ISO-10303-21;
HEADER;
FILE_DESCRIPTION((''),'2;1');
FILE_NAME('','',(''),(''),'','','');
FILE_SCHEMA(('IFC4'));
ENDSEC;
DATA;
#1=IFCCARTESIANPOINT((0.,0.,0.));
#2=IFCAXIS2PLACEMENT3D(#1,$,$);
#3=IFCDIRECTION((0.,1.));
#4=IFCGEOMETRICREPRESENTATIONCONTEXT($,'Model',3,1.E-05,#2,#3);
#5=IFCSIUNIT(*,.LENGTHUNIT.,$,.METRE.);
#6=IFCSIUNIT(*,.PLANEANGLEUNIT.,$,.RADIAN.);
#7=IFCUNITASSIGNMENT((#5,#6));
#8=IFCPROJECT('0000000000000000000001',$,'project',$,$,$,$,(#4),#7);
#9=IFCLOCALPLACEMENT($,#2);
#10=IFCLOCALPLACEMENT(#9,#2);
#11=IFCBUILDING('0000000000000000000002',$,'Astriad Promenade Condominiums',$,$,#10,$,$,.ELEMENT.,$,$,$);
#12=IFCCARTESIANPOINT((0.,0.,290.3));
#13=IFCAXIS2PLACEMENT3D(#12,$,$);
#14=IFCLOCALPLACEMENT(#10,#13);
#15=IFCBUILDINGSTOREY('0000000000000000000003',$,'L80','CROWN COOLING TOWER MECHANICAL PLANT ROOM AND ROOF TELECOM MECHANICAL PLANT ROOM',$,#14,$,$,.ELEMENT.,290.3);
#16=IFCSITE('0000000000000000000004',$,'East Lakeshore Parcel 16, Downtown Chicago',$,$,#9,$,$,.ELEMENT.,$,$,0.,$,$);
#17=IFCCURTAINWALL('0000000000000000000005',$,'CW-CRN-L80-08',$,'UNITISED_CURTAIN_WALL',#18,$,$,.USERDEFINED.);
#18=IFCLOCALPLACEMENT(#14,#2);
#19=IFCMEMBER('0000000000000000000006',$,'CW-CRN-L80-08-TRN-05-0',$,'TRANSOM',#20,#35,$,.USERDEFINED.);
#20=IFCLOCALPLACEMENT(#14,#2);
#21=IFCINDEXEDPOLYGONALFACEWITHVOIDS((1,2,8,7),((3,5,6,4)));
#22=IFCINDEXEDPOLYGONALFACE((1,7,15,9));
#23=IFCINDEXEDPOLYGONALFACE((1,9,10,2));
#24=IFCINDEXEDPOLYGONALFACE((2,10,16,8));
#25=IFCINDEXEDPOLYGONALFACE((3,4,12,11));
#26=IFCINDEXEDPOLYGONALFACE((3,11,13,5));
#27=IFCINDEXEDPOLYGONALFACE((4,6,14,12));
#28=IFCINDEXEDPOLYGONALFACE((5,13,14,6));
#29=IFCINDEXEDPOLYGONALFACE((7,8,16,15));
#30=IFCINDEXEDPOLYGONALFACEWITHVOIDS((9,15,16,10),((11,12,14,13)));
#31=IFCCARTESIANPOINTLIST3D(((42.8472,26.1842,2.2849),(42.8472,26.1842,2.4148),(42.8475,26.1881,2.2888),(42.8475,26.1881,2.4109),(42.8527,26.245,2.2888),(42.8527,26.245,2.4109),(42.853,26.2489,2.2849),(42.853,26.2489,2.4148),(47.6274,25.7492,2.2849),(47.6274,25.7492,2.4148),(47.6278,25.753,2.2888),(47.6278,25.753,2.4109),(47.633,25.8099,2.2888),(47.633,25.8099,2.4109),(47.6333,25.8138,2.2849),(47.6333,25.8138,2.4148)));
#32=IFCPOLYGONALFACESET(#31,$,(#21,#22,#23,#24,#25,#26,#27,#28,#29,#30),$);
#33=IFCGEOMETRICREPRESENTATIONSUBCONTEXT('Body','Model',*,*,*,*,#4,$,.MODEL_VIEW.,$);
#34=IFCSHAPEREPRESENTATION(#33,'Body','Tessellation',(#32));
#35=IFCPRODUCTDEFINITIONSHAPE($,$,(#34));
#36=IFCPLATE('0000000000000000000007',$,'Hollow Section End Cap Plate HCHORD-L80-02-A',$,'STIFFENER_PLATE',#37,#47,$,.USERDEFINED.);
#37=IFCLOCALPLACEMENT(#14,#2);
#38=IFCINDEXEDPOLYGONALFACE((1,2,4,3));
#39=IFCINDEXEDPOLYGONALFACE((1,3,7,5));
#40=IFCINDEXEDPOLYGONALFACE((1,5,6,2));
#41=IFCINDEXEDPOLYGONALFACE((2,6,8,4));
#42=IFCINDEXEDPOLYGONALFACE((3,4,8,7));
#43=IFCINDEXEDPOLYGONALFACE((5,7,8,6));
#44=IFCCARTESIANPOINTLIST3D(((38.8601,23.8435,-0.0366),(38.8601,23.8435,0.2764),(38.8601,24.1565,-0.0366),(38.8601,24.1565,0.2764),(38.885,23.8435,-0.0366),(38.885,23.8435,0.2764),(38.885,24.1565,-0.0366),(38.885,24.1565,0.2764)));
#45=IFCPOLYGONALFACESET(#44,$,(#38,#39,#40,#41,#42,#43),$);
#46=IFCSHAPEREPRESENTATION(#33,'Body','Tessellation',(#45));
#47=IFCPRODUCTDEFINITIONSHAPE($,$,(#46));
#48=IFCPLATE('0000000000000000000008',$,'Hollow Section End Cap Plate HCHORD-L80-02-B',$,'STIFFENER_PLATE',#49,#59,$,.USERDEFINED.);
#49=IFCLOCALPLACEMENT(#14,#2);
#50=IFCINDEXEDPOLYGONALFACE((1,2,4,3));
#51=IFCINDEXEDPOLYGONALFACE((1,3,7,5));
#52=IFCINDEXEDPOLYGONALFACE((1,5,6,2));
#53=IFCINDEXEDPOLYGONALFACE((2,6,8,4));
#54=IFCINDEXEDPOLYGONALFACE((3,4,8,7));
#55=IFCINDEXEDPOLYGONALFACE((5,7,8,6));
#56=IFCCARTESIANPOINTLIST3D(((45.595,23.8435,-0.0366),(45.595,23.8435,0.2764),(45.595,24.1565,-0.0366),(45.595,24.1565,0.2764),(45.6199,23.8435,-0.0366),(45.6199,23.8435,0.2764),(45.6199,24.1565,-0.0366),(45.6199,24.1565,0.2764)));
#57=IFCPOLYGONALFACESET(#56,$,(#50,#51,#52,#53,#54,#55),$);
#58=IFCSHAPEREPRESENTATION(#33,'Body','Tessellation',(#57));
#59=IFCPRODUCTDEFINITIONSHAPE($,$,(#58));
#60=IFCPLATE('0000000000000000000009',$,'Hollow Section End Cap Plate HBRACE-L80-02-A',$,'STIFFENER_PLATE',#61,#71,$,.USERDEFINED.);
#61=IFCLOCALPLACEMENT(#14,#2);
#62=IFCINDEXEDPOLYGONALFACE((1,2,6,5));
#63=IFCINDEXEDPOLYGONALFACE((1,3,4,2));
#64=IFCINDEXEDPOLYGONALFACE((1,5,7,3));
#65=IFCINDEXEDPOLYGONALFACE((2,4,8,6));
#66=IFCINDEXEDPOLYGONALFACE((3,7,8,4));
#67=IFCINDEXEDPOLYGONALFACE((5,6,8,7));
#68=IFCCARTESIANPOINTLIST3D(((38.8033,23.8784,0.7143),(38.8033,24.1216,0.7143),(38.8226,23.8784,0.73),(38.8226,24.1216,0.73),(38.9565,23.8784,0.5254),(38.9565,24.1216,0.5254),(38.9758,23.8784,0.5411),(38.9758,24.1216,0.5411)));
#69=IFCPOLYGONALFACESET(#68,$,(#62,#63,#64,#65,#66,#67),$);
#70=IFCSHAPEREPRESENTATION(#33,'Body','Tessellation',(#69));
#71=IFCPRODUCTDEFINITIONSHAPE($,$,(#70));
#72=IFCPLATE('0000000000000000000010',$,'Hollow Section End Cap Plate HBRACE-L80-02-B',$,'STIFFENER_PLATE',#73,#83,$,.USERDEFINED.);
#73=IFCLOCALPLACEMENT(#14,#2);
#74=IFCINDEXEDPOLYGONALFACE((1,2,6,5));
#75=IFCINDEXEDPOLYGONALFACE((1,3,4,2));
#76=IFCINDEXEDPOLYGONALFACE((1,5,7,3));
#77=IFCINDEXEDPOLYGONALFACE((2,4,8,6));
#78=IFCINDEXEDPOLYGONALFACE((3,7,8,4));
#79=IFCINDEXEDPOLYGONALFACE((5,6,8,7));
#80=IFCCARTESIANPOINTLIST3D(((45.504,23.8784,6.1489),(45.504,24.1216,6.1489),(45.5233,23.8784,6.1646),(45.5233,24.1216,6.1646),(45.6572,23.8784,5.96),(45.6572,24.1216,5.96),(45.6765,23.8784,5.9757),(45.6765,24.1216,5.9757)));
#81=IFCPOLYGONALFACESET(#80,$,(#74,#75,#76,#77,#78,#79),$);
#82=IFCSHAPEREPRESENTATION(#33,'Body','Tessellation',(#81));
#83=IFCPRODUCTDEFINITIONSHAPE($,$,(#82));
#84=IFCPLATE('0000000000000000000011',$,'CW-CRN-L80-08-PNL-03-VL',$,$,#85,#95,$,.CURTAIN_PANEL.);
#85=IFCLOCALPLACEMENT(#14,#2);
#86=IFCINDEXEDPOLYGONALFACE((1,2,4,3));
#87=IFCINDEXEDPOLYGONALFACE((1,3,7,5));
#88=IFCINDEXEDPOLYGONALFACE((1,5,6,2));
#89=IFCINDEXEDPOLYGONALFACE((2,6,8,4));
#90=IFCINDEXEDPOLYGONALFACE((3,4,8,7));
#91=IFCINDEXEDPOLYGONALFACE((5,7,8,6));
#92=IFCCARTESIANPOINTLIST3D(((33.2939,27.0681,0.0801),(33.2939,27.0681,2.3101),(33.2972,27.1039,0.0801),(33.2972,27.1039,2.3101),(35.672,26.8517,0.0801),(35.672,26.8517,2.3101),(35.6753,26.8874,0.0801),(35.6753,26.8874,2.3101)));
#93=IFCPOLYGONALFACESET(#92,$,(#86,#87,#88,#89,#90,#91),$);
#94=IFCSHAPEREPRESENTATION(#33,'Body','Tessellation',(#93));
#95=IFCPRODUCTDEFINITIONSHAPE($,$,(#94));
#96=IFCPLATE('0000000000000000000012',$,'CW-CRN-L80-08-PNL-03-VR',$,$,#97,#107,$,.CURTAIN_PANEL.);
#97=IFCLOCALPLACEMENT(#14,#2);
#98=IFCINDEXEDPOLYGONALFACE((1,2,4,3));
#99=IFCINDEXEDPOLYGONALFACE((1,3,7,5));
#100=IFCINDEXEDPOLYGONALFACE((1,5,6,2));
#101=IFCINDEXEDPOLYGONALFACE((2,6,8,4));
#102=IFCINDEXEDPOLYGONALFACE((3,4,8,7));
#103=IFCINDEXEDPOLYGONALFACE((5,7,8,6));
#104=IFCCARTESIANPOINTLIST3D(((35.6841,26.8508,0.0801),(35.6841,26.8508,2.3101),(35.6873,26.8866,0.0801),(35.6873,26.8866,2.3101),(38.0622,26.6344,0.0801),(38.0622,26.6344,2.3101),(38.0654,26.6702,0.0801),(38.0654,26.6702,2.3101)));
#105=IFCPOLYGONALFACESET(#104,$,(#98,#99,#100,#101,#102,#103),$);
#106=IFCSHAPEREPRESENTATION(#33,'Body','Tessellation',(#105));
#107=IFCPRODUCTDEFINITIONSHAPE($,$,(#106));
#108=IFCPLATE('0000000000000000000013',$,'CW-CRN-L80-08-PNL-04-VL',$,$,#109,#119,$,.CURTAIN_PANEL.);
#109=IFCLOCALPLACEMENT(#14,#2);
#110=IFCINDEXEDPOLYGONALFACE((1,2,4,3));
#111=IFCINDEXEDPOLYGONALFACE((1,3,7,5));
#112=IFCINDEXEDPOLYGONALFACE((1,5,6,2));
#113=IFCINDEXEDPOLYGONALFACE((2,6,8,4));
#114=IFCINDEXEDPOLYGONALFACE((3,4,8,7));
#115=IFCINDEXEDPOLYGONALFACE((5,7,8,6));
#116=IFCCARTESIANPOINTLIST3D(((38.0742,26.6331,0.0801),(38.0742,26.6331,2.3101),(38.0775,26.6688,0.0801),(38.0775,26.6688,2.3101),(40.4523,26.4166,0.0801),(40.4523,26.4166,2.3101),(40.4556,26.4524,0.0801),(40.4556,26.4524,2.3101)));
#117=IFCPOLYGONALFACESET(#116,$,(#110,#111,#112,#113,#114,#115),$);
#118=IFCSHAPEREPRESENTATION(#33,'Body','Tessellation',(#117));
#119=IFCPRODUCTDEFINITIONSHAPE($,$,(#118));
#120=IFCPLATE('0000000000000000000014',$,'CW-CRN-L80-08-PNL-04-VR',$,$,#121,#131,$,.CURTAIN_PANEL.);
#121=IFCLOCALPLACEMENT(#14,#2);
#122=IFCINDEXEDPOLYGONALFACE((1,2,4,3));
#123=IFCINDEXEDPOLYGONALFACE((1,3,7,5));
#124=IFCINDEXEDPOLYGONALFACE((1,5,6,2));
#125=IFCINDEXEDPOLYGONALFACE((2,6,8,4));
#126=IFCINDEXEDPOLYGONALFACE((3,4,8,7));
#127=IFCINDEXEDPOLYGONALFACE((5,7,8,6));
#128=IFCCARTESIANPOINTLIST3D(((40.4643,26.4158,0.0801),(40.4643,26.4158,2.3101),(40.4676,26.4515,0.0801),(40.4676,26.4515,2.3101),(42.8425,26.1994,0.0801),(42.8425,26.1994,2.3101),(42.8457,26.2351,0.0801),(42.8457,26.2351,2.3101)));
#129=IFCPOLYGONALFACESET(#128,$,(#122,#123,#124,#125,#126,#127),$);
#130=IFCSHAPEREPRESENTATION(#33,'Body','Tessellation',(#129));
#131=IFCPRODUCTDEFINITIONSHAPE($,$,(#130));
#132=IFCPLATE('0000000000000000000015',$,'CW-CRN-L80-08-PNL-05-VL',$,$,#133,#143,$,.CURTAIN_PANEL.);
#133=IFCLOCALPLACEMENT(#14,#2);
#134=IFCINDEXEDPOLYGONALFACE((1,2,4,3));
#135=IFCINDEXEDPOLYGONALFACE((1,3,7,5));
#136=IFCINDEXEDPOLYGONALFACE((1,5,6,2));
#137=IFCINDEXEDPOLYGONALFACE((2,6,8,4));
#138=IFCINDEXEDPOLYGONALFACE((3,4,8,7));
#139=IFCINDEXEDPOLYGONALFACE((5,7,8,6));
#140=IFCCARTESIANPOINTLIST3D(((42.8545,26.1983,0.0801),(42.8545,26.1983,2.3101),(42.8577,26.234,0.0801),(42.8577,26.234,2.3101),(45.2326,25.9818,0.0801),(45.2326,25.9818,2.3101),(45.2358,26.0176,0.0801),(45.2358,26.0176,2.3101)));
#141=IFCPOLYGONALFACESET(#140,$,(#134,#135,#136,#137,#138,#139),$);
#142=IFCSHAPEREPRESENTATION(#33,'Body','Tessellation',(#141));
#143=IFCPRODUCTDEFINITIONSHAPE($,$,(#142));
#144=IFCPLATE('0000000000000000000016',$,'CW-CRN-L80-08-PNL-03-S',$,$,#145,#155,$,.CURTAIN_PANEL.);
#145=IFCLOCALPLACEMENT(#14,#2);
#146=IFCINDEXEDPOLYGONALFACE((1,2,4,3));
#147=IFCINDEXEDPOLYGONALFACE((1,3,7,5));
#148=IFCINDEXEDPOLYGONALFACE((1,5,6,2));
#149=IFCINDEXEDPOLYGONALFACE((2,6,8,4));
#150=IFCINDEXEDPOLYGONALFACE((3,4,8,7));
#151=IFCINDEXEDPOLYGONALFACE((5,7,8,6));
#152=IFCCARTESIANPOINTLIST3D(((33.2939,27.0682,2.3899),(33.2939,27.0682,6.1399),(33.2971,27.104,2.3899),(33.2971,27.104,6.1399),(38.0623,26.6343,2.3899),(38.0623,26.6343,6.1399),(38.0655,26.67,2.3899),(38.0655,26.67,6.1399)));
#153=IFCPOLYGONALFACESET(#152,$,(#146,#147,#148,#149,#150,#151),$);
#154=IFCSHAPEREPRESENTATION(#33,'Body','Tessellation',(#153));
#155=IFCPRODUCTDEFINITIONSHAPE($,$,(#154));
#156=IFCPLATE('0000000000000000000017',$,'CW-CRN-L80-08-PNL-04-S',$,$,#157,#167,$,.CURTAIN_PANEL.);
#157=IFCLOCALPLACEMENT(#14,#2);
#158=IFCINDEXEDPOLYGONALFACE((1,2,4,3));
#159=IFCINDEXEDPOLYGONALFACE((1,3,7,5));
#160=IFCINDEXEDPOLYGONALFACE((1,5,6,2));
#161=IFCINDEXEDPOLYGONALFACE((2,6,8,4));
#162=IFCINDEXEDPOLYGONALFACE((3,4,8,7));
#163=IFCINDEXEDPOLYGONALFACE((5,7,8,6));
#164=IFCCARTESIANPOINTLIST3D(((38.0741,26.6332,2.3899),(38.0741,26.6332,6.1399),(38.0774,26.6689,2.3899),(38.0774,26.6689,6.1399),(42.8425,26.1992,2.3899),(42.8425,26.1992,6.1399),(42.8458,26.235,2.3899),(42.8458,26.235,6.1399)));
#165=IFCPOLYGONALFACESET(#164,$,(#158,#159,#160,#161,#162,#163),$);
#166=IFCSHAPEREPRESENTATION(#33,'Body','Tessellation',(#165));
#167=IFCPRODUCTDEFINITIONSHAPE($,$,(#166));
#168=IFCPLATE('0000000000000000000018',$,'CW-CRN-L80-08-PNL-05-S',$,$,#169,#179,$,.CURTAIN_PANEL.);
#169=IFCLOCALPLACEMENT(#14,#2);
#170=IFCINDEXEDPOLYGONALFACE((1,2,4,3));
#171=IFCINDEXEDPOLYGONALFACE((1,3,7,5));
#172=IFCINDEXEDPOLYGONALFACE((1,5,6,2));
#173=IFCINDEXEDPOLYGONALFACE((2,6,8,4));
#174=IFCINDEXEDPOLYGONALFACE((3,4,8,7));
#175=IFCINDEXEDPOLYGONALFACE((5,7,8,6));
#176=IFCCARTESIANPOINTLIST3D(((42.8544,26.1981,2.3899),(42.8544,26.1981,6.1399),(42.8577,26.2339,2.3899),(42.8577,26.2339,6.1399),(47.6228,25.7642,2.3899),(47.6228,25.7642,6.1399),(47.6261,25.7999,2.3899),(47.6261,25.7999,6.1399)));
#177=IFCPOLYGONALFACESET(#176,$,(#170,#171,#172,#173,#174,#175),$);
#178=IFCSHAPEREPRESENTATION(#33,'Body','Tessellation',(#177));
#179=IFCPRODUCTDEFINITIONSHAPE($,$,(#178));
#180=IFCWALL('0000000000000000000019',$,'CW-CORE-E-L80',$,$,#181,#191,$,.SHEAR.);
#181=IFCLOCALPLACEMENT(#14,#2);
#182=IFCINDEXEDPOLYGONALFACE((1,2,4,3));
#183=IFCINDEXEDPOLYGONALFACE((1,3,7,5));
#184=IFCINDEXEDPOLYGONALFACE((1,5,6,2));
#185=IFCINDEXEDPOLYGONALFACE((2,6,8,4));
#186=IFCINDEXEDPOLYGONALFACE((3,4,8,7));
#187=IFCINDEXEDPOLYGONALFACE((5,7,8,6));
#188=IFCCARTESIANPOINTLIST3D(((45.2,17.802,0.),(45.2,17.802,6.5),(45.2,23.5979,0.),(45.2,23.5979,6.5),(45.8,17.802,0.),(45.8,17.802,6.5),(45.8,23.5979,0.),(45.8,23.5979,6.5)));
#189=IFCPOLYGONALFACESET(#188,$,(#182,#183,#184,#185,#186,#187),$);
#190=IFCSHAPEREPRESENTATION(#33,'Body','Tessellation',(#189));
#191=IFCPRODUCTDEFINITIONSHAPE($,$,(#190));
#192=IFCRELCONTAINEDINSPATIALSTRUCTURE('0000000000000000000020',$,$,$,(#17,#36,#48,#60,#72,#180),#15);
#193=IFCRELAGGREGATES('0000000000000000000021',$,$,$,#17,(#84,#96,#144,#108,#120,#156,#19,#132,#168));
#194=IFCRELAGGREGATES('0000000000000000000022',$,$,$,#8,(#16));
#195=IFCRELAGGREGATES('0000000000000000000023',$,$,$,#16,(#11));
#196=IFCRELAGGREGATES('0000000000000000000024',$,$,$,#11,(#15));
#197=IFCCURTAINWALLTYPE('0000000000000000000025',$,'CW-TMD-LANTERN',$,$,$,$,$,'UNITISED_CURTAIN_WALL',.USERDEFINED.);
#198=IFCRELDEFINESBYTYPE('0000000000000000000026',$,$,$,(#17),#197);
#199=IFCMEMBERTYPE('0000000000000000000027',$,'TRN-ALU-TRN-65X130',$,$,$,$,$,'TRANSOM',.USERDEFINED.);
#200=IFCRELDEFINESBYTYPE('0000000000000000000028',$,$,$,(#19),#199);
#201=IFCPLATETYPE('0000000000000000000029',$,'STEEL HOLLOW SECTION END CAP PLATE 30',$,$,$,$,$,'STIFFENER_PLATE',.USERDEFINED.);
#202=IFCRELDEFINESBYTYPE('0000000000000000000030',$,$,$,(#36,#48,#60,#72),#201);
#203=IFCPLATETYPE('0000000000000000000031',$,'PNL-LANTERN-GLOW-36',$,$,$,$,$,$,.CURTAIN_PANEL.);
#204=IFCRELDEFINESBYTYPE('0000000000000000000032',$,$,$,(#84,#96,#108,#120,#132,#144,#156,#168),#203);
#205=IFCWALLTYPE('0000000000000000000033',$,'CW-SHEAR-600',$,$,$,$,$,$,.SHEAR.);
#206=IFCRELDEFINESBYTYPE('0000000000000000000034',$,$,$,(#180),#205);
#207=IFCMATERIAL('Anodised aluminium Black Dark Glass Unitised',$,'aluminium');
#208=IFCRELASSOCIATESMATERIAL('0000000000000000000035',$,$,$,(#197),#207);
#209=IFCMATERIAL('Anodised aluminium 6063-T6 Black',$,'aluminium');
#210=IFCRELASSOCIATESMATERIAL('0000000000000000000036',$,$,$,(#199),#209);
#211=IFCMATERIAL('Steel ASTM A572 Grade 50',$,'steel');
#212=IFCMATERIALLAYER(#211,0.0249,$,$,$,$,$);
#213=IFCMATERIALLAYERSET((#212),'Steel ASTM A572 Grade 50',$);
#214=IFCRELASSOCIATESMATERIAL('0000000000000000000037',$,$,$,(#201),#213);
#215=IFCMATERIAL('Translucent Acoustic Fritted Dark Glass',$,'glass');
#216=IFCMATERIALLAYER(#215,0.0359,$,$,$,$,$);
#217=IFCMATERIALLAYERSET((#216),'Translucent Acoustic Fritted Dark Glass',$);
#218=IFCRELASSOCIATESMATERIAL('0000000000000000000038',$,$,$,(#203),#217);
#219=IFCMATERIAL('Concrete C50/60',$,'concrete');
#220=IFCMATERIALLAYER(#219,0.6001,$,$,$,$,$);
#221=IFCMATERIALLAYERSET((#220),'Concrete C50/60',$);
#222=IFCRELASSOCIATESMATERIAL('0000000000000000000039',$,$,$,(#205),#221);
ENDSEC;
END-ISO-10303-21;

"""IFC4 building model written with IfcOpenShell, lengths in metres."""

from ifc_helpers import new_model, si_unit, direction, frame, frame_2d, origin, origin_2d, place, context, subcontext, project, spatial, rectangle, hollow_rectangle, extrude, source, transform, mapped, material, layer, layer_set, material_profile, profile_set, type_object, type_shapes, element, aggregate, save


model = new_model("IFC4")

# Units and contexts
model_context = context("Model", 3, precision=1e-05, world=origin(), true_north=direction((0.0, 1.0)))
body_context = subcontext(model_context, "Body", "Model", "MODEL_VIEW")
ifc_project = project(units=[si_unit("LENGTHUNIT", "METRE"), si_unit("PLANEANGLEUNIT", "RADIAN")], contexts=[model_context])

# Site, building, storey
site_placement = place(None, origin())
site = spatial("IfcSite", under=ifc_project, at=site_placement, Name="East Lakeshore Parcel 16, Downtown Chicago", CompositionType="ELEMENT", RefElevation=0.0)
building_placement = place(site_placement, origin())
building = spatial("IfcBuilding", under=site, at=building_placement, Name="Astriad Promenade Condominiums", CompositionType="ELEMENT")
storey_placement = place(building_placement, frame((0.0, 0.0, 290.3)))
storey = spatial("IfcBuildingStorey", under=building, at=storey_placement, Name="L80", Description="CROWN COOLING TOWER MECHANICAL PLANT ROOM AND ROOF TELECOM MECHANICAL PLANT ROOM", CompositionType="ELEMENT", Elevation=290.3)

# Curtain wall, member
ifc_material_1 = material(Name="Anodised aluminium Black Dark Glass Unitised", Category="aluminium")
curtain_wall_type = type_object("IfcCurtainWallType", Name="CW-TMD-LANTERN", ElementType="UNITISED_CURTAIN_WALL", PredefinedType="USERDEFINED", material=ifc_material_1)
curtain_wall_placement = place(storey_placement, origin())
curtain_wall = element("IfcCurtainWall", 1, at=curtain_wall_placement, inside=storey, type_object=curtain_wall_type, Name="CW-CRN-L80-08", ObjectType="UNITISED_CURTAIN_WALL", PredefinedType="USERDEFINED")
ifc_material_2 = material(Name="Anodised aluminium 6063-T6 Black", Category="aluminium")
ifc_material_profile_1 = material_profile(ifc_material_2, hollow_rectangle(XDim=0.0649, YDim=0.1299, WallThickness=0.0039, at=origin_2d()), Name="ALU-TRN-65X130")
ifc_profile_set_1 = profile_set([ifc_material_profile_1], Name="Anodised aluminium 6063-T6 Black")
member_type_1 = type_object("IfcMemberType", Name="TRN-ALU-TRN-65X130", ElementType="TRANSOM", PredefinedType="USERDEFINED", material=ifc_profile_set_1)
shared_shape_1 = source(origin(), body_context, "Body", "SweptSolid", [
    extrude(hollow_rectangle(XDim=0.0649, YDim=0.1299, WallThickness=0.0039, at=origin_2d()), origin(), (0.0, 0.0, 1.0), 4.8),
])
type_shapes(member_type_1, [shared_shape_1])
member_1_placement = place(storey_placement, frame((42.8501, 26.2166, 2.3499), z_axis=(0.995884, -0.090637, 0.0), x_axis=(0.090637, 0.995884, 0.0)))
member_1 = element("IfcMember", 2, at=member_1_placement, type_object=member_type_1, Name="CW-CRN-L80-08-TRN-05-0", ObjectType="TRANSOM", PredefinedType="USERDEFINED", context=body_context, shape_type="MappedRepresentation", body=[
    mapped(shared_shape_1, transform((0.0, 0.0, 0.0), scale=1.0)),
])

# Plates
ifc_material_3 = material(Name="Steel ASTM A572 Grade 50", Category="steel")
ifc_layer_1 = layer(ifc_material_3, 0.0249)
ifc_layer_set_1 = layer_set([ifc_layer_1], Name="Steel ASTM A572 Grade 50")
plate_type_1 = type_object("IfcPlateType", Name="STEEL HOLLOW SECTION END CAP PLATE 30", ElementType="STIFFENER_PLATE", PredefinedType="USERDEFINED", material=ifc_layer_set_1)
shared_shape_2 = source(origin(), body_context, "Body", "SweptSolid", [
    extrude(rectangle(XDim=0.313, YDim=0.313, at=origin_2d()), origin(), (0.0, 0.0, 1.0), 0.0249),
])
for number, where, z_axis, x_axis, name in (
    (3, (38.8601, 24.0, 0.1199), (1.0, 0.0, 0.0), (0.0, 1.0, 0.0), "Hollow Section End Cap Plate HCHORD-L80-02-A"),
    (4, (45.595, 24.0, 0.1199), (1.0, 0.0, 0.0), (0.0, 1.0, 0.0), "Hollow Section End Cap Plate HCHORD-L80-02-B"),
):
    element("IfcPlate", number, at=place(storey_placement, frame(where, z_axis=z_axis, x_axis=x_axis)), inside=storey, type_object=plate_type_1, Name=name, ObjectType="STIFFENER_PLATE", PredefinedType="USERDEFINED", context=body_context, shape_type="MappedRepresentation", body=[
        mapped(shared_shape_2, transform((0.0, 0.0, 0.0), scale=1.0)),
    ])
shared_shape_3 = source(origin(), body_context, "Body", "SweptSolid", [
    extrude(rectangle(XDim=0.2432, YDim=0.2432, at=origin_2d()), origin(), (0.0, 0.0, 1.0), 0.0249),
])
type_shapes(plate_type_1, [shared_shape_2, shared_shape_3])
for number, where, z_axis, x_axis, name in (
    (5, (38.8799, 24.0, 0.6199), (0.776676, 0.0, 0.629901), (0.0, 1.0, 0.0), "Hollow Section End Cap Plate HBRACE-L80-02-A"),
    (6, (45.5806, 24.0, 6.0544), (0.776676, 0.0, 0.629901), (0.0, 1.0, 0.0), "Hollow Section End Cap Plate HBRACE-L80-02-B"),
):
    element("IfcPlate", number, at=place(storey_placement, frame(where, z_axis=z_axis, x_axis=x_axis)), inside=storey, type_object=plate_type_1, Name=name, ObjectType="STIFFENER_PLATE", PredefinedType="USERDEFINED", context=body_context, shape_type="MappedRepresentation", body=[
        mapped(shared_shape_3, transform((0.0, 0.0, 0.0), scale=1.0)),
    ])

# Plates
ifc_material_4 = material(Name="Translucent Acoustic Fritted Dark Glass", Category="glass")
ifc_layer_2 = layer(ifc_material_4, 0.0359)
ifc_layer_set_2 = layer_set([ifc_layer_2], Name="Translucent Acoustic Fritted Dark Glass")
plate_type_2 = type_object("IfcPlateType", Name="PNL-LANTERN-GLOW-36", PredefinedType="CURTAIN_PANEL", material=ifc_layer_set_2)
shared_shape_4 = source(origin(), body_context, "Body", "SweptSolid", [
    extrude(rectangle(XDim=2.3879, YDim=0.0359, at=origin_2d()), origin(), (0.0, 0.0, 1.0), 2.23),
])
plate_1_placement = place(storey_placement, frame((34.4846, 26.9778, 0.0801), z_axis=(0.0, 0.0, 1.0), x_axis=(0.995884, -0.090633, 0.0)))
plate_1 = element("IfcPlate", 7, at=plate_1_placement, type_object=plate_type_2, Name="CW-CRN-L80-08-PNL-03-VL", PredefinedType="CURTAIN_PANEL", context=body_context, shape_type="MappedRepresentation", body=[
    mapped(shared_shape_4, transform((0.0, 0.0, 0.0), scale=1.0)),
])
plate_2_placement = place(storey_placement, frame((36.8748, 26.7605, 0.0801), z_axis=(0.0, 0.0, 1.0), x_axis=(0.995884, -0.090633, 0.0)))
plate_2 = element("IfcPlate", 8, at=plate_2_placement, type_object=plate_type_2, Name="CW-CRN-L80-08-PNL-03-VR", PredefinedType="CURTAIN_PANEL", context=body_context, shape_type="MappedRepresentation", body=[
    mapped(shared_shape_4, transform((0.0, 0.0, 0.0), scale=1.0)),
])
plate_3_placement = place(storey_placement, frame((39.2649, 26.5427, 0.0801), z_axis=(0.0, 0.0, 1.0), x_axis=(0.995884, -0.090633, 0.0)))
plate_3 = element("IfcPlate", 9, at=plate_3_placement, type_object=plate_type_2, Name="CW-CRN-L80-08-PNL-04-VL", PredefinedType="CURTAIN_PANEL", context=body_context, shape_type="MappedRepresentation", body=[
    mapped(shared_shape_4, transform((0.0, 0.0, 0.0), scale=1.0)),
])
plate_4_placement = place(storey_placement, frame((41.655, 26.3254, 0.0801), z_axis=(0.0, 0.0, 1.0), x_axis=(0.995884, -0.090633, 0.0)))
plate_4 = element("IfcPlate", 10, at=plate_4_placement, type_object=plate_type_2, Name="CW-CRN-L80-08-PNL-04-VR", PredefinedType="CURTAIN_PANEL", context=body_context, shape_type="MappedRepresentation", body=[
    mapped(shared_shape_4, transform((0.0, 0.0, 0.0), scale=1.0)),
])
plate_5_placement = place(storey_placement, frame((44.0452, 26.1079, 0.0801), z_axis=(0.0, 0.0, 1.0), x_axis=(0.995884, -0.090633, 0.0)))
plate_5 = element("IfcPlate", 11, at=plate_5_placement, type_object=plate_type_2, Name="CW-CRN-L80-08-PNL-05-VL", PredefinedType="CURTAIN_PANEL", context=body_context, shape_type="MappedRepresentation", body=[
    mapped(shared_shape_4, transform((0.0, 0.0, 0.0), scale=1.0)),
])
shared_shape_5 = source(origin(), body_context, "Body", "SweptSolid", [
    extrude(rectangle(XDim=4.7881, YDim=0.0359, at=origin_2d()), origin(), (0.0, 0.0, 1.0), 3.75),
])
type_shapes(plate_type_2, [shared_shape_4, shared_shape_5])
plate_6_placement = place(storey_placement, frame((35.6797, 26.8691, 2.3899), z_axis=(0.0, 0.0, 1.0), x_axis=(0.995884, -0.090633, 0.0)))
plate_6 = element("IfcPlate", 12, at=plate_6_placement, type_object=plate_type_2, Name="CW-CRN-L80-08-PNL-03-S", PredefinedType="CURTAIN_PANEL", context=body_context, shape_type="MappedRepresentation", body=[
    mapped(shared_shape_5, transform((0.0, 0.0, 0.0), scale=1.0)),
])
plate_7_placement = place(storey_placement, frame((40.46, 26.4341, 2.3899), z_axis=(0.0, 0.0, 1.0), x_axis=(0.995884, -0.090633, 0.0)))
plate_7 = element("IfcPlate", 13, at=plate_7_placement, type_object=plate_type_2, Name="CW-CRN-L80-08-PNL-04-S", PredefinedType="CURTAIN_PANEL", context=body_context, shape_type="MappedRepresentation", body=[
    mapped(shared_shape_5, transform((0.0, 0.0, 0.0), scale=1.0)),
])
plate_8_placement = place(storey_placement, frame((45.2402, 25.999, 2.3899), z_axis=(0.0, 0.0, 1.0), x_axis=(0.995884, -0.090633, 0.0)))
plate_8 = element("IfcPlate", 14, at=plate_8_placement, type_object=plate_type_2, Name="CW-CRN-L80-08-PNL-05-S", PredefinedType="CURTAIN_PANEL", context=body_context, shape_type="MappedRepresentation", body=[
    mapped(shared_shape_5, transform((0.0, 0.0, 0.0), scale=1.0)),
])
aggregate(curtain_wall, [plate_1, plate_2, plate_6, plate_3, plate_4, plate_7, member_1, plate_5, plate_8])

# Wall
ifc_material_5 = material(Name="Concrete C50/60", Category="concrete")
ifc_layer_3 = layer(ifc_material_5, 0.6001)
ifc_layer_set_3 = layer_set([ifc_layer_3], Name="Concrete C50/60")
wall_type_1 = type_object("IfcWallType", Name="CW-SHEAR-600", PredefinedType="SHEAR", material=ifc_layer_set_3)
wall_1_placement = place(storey_placement, frame((45.5, 17.802, 0.0), z_axis=(0.0, 0.0, 1.0), x_axis=(0.0, 1.0, 0.0)))
element("IfcWall", 15, at=wall_1_placement, inside=storey, type_object=wall_type_1, Name="CW-CORE-E-L80", PredefinedType="SHEAR", context=body_context, shape_type="SweptSolid", body=[
    extrude(rectangle(XDim=5.7959, YDim=0.6001, at=frame_2d((2.8979, 0.0))), origin(), (0.0, 0.0, 1.0), 6.5),
])

save(model, "model.ifc")
